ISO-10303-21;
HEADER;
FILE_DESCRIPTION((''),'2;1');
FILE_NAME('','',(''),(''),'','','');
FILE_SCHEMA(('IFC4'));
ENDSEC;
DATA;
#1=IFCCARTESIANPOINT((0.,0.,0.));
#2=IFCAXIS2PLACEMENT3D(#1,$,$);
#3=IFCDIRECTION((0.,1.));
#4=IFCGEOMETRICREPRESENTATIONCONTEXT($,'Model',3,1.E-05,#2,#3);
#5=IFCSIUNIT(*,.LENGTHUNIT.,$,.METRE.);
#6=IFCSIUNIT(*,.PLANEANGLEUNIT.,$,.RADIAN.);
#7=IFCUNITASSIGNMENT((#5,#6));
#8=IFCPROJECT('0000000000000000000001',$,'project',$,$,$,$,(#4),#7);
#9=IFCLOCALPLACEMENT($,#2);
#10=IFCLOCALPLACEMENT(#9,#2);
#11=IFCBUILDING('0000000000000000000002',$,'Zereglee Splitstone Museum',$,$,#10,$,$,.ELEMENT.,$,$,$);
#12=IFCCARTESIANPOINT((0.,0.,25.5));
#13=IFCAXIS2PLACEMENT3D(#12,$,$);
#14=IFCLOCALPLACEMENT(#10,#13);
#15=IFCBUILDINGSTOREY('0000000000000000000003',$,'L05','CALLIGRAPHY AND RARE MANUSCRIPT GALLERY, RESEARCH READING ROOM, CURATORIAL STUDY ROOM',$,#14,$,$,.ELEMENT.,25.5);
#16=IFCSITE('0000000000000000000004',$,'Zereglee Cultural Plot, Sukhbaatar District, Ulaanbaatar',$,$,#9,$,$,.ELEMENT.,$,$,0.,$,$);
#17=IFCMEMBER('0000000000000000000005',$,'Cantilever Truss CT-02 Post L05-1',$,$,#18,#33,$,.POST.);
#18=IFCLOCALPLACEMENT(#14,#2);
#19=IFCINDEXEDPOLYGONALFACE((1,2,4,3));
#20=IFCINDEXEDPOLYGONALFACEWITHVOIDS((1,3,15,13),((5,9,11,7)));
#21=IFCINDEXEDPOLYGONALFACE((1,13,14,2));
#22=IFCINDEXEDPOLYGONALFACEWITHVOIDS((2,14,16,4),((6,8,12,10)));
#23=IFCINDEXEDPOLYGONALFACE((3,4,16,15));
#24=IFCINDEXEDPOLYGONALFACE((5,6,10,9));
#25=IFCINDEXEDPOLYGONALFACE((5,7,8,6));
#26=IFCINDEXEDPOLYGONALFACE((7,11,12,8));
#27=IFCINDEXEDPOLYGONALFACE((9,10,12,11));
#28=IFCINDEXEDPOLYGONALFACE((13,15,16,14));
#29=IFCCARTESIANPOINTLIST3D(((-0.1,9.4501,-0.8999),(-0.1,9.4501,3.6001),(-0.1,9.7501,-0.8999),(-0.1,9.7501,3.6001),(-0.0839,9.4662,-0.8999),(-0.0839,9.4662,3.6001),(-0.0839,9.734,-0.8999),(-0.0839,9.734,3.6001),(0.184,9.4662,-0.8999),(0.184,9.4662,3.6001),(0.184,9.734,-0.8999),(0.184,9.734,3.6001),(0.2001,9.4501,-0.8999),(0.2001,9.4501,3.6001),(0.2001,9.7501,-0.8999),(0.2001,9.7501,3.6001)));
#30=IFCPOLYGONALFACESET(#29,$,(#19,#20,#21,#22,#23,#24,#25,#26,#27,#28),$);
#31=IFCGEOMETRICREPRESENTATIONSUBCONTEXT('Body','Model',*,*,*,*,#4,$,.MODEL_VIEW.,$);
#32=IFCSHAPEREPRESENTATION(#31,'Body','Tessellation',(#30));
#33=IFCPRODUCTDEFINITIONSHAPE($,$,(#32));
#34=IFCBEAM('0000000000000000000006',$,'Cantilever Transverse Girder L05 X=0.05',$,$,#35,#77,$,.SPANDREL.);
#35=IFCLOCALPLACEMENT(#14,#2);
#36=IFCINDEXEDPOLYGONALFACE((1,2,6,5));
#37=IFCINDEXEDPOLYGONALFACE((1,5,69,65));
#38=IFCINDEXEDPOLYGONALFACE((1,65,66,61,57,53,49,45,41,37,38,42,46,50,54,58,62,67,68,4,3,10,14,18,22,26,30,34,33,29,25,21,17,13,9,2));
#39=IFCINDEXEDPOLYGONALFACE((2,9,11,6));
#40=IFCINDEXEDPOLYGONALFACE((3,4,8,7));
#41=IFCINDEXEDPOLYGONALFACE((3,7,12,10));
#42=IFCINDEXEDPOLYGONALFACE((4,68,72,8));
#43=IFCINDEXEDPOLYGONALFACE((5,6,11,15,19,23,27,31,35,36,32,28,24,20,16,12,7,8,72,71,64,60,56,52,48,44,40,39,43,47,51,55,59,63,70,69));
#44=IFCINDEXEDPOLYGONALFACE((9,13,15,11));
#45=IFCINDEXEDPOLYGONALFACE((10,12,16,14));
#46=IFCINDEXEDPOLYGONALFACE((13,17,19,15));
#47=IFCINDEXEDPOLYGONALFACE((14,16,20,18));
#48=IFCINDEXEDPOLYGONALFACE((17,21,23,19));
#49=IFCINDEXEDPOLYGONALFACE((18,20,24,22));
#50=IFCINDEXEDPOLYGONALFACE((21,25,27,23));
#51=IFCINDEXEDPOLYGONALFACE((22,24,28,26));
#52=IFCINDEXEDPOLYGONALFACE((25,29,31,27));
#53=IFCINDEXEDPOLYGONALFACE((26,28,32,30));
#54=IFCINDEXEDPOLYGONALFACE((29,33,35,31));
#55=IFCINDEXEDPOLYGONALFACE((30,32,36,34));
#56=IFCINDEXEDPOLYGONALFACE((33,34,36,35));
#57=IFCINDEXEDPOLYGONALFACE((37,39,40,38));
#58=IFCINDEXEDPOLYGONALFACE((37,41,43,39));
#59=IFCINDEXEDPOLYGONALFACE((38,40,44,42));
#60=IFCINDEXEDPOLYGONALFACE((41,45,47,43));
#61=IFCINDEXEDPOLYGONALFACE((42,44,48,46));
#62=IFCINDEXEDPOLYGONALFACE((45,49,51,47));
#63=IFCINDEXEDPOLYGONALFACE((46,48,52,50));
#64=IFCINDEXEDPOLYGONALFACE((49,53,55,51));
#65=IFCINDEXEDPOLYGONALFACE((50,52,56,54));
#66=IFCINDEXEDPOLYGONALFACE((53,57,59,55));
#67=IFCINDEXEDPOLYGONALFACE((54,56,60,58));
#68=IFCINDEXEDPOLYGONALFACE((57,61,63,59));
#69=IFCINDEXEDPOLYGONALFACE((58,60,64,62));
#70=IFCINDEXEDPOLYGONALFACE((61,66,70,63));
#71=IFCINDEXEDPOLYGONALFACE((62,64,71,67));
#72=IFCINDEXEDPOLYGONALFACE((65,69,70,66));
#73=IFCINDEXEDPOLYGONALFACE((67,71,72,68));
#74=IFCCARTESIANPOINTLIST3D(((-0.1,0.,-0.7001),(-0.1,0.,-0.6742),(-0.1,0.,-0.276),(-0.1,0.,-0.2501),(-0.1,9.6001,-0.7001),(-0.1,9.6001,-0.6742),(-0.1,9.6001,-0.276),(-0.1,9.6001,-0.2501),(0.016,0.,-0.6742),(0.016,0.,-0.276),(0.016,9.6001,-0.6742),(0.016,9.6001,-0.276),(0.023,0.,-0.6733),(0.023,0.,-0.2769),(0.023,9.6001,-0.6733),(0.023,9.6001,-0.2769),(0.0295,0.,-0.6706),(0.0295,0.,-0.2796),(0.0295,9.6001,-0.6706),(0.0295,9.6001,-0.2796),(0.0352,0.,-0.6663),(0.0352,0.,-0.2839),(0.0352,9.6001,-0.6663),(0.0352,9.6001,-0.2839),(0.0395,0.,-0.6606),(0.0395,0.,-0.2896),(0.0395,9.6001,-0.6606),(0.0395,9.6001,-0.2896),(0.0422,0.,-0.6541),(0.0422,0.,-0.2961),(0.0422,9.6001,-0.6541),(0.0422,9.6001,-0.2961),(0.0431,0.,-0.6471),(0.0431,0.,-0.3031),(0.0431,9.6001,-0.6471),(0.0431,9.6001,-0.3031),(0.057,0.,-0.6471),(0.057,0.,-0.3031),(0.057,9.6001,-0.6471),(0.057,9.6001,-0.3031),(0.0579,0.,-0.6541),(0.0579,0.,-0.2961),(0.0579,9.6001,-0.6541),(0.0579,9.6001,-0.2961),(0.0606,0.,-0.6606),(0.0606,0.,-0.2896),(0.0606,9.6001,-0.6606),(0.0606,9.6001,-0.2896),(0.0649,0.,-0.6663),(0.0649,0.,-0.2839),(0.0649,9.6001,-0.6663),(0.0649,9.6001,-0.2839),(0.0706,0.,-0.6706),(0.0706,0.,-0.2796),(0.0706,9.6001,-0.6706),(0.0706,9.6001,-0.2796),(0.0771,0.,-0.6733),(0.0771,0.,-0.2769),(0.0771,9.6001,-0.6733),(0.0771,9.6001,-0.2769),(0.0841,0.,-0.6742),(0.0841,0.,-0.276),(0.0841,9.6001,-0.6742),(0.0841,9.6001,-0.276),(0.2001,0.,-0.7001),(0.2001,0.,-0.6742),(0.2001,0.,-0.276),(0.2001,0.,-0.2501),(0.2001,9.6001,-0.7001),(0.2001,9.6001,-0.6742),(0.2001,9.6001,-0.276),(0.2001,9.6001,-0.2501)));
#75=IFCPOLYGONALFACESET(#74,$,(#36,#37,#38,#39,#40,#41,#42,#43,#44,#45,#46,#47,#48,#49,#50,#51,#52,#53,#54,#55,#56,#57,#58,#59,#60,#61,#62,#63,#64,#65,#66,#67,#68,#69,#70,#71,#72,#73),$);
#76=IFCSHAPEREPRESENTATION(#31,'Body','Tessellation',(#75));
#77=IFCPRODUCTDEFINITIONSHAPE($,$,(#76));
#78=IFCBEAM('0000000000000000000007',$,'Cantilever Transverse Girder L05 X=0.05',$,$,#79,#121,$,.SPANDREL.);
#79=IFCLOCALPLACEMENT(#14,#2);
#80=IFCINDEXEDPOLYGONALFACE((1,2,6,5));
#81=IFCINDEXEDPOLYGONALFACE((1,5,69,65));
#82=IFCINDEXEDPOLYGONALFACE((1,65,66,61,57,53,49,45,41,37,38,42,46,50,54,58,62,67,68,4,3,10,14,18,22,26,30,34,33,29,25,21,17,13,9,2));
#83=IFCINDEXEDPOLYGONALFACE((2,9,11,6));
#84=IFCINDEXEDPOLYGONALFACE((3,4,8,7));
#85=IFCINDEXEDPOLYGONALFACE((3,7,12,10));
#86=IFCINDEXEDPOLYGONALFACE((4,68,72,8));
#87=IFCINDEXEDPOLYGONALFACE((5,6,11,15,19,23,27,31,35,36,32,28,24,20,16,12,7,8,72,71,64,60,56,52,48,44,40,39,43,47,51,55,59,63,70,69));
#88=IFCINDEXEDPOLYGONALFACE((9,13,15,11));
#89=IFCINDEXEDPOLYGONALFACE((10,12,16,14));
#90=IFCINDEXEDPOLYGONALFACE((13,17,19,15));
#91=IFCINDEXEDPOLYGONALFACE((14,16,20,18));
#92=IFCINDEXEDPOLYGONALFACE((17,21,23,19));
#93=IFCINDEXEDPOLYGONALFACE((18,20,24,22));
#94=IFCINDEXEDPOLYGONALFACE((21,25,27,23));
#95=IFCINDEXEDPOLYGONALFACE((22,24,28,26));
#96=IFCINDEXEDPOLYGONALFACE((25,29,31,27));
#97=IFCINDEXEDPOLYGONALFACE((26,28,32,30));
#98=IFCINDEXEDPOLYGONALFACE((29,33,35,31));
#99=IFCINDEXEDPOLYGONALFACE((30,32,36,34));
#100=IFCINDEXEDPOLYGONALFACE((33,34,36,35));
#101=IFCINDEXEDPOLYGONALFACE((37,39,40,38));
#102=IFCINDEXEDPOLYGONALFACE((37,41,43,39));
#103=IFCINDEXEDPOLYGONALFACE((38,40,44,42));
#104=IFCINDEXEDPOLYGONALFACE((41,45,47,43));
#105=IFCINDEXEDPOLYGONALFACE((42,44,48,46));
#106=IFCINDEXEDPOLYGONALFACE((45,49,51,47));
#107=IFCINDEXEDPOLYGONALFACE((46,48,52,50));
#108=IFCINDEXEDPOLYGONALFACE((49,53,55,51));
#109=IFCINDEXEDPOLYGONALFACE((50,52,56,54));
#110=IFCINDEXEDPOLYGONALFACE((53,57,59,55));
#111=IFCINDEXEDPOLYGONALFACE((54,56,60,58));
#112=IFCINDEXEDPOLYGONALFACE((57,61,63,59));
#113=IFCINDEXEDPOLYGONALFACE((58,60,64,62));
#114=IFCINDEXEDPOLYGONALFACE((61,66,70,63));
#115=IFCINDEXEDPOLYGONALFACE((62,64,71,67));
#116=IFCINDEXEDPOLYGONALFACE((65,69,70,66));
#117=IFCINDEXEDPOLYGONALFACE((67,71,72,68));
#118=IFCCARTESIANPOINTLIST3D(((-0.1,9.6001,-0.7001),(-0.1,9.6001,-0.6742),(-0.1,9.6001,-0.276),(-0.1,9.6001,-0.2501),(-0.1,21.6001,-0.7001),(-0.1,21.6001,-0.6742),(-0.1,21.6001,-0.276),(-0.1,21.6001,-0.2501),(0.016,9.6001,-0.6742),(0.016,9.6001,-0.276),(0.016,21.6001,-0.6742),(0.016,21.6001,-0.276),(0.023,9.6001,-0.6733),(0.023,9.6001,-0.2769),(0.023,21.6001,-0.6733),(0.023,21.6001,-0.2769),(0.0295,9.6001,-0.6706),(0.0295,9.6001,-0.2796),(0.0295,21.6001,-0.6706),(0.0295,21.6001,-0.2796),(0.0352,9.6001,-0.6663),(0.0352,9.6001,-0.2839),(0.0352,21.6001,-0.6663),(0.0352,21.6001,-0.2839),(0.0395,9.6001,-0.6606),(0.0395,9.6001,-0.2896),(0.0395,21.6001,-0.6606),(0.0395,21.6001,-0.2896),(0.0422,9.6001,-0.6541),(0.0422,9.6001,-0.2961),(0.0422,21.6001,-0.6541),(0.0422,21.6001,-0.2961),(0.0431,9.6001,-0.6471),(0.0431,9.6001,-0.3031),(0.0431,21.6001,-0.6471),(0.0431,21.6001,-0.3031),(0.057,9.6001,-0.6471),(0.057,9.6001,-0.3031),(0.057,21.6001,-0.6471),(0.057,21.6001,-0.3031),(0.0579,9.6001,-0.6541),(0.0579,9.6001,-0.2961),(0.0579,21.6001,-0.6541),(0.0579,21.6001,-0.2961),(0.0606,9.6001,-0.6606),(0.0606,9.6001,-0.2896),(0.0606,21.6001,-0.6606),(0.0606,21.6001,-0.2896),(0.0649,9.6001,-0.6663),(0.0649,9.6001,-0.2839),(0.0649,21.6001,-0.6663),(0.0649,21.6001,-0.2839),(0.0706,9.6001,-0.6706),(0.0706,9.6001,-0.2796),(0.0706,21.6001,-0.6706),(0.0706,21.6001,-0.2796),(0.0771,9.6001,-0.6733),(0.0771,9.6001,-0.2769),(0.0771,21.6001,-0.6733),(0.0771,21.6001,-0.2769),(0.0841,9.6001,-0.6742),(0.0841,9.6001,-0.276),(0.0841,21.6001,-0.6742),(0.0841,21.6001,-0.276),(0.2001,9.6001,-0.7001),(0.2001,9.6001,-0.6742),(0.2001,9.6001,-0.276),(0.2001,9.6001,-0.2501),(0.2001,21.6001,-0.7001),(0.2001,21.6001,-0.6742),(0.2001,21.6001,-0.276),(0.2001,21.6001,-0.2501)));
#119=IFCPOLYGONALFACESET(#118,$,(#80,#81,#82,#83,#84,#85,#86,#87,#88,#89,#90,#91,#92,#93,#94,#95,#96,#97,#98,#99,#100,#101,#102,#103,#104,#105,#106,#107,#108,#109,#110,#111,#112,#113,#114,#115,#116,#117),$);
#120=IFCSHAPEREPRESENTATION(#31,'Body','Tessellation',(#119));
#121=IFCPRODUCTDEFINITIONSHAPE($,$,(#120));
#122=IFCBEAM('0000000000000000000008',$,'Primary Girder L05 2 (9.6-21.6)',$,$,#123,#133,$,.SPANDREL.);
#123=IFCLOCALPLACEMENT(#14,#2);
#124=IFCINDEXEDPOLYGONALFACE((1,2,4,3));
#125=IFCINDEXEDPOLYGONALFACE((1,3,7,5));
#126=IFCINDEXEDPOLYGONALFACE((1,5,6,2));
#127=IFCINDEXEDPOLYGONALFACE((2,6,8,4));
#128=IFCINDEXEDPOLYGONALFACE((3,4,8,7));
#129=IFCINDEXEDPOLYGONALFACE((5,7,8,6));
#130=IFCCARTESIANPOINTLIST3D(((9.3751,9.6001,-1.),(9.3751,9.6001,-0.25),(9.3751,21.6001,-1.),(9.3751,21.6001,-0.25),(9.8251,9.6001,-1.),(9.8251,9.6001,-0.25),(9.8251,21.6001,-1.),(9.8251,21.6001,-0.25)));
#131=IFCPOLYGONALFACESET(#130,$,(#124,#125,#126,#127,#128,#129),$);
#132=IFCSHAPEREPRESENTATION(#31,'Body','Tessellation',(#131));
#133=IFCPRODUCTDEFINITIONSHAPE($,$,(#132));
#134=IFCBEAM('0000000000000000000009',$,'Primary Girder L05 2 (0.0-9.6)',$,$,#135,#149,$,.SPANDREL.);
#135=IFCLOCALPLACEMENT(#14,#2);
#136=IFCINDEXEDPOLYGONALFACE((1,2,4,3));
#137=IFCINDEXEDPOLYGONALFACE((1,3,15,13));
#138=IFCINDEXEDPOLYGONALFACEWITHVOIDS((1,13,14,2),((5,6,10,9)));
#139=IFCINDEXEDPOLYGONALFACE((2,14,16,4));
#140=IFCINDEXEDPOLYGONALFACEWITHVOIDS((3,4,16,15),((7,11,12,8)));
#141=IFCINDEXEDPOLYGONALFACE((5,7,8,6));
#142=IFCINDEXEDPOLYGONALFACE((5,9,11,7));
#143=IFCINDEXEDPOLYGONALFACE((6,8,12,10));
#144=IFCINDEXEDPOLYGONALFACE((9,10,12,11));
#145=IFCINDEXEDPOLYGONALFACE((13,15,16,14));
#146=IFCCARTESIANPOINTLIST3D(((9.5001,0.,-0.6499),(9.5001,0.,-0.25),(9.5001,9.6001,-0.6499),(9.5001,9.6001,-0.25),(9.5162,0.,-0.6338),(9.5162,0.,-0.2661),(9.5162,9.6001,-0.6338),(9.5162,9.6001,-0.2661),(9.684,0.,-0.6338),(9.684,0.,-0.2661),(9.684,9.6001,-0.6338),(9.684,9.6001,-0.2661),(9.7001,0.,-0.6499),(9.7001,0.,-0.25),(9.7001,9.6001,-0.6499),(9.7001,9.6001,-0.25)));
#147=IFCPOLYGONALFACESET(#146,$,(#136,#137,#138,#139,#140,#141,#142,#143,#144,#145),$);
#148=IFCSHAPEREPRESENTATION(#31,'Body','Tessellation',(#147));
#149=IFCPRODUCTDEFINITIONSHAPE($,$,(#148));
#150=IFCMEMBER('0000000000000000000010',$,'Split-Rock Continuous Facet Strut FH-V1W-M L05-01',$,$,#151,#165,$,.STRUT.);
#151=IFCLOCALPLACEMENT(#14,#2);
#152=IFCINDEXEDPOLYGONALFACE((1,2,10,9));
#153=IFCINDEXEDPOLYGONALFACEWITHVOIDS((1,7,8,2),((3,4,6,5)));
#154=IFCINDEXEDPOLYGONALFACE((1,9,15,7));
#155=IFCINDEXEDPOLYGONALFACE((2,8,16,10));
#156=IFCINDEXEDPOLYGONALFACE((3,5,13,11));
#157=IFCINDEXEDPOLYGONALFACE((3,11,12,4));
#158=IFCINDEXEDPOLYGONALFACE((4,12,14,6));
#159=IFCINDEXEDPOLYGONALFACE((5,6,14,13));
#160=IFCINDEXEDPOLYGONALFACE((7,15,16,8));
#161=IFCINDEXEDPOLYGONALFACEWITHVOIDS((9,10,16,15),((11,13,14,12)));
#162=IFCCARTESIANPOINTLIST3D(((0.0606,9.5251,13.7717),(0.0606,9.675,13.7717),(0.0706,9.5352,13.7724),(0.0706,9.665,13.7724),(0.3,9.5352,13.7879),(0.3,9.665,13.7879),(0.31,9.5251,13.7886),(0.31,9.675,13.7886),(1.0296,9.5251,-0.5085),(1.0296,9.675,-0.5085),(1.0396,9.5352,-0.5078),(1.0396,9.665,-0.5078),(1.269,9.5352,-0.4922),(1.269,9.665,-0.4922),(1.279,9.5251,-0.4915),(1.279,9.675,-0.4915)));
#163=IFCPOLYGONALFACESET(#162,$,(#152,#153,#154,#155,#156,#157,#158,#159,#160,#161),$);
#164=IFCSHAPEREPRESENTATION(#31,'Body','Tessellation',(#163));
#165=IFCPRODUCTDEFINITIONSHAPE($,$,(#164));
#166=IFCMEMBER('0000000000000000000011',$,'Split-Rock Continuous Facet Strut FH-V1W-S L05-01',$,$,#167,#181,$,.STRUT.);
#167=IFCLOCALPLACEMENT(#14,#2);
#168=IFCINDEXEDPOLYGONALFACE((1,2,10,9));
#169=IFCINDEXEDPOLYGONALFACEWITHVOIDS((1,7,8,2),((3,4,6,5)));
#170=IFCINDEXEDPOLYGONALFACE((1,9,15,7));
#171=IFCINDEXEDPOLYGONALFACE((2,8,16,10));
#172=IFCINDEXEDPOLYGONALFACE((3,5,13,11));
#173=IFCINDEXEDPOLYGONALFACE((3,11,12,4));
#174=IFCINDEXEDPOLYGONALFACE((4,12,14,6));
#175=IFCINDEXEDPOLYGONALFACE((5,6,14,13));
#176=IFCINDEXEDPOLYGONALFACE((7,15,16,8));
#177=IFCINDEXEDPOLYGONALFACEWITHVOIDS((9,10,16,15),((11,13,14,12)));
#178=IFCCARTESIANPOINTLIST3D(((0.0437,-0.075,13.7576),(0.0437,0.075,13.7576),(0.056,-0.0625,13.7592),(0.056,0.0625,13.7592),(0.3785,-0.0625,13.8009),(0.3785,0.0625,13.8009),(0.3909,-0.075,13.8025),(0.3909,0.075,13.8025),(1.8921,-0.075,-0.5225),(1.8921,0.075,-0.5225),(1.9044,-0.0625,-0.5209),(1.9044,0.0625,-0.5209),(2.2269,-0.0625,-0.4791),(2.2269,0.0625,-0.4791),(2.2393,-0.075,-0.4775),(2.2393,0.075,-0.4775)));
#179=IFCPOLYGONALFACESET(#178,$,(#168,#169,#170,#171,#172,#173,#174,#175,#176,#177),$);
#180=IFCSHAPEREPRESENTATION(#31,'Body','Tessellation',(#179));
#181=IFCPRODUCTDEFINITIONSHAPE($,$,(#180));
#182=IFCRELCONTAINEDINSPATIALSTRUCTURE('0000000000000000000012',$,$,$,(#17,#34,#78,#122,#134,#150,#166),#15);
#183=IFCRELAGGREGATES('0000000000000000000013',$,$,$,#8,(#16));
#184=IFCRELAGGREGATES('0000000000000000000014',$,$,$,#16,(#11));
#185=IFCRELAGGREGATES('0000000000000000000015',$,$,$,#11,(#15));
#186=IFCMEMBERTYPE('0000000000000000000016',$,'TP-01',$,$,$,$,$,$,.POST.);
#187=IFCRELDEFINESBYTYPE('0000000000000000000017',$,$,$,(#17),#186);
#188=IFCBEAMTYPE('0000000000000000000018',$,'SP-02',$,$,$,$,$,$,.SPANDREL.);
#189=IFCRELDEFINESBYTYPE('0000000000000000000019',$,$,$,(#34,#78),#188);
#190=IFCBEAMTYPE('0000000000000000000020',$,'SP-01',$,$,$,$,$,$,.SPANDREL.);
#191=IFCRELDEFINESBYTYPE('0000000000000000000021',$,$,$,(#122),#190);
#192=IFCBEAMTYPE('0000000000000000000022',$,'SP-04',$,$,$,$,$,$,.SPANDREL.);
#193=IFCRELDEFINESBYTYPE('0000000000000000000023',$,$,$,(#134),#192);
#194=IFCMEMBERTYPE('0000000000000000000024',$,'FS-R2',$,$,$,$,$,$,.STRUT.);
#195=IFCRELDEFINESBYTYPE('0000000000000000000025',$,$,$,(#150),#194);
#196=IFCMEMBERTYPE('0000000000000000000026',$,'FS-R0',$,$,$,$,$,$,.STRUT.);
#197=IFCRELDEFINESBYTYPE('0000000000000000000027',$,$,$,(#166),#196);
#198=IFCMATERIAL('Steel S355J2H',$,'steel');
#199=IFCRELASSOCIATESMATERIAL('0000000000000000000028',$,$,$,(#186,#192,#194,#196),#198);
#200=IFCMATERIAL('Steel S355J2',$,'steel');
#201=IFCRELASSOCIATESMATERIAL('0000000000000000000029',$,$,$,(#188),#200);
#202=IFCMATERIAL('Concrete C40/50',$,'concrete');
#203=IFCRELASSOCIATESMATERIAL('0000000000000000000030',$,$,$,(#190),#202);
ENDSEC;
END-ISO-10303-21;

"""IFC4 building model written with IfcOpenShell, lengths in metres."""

from ifc_helpers import new_model, si_unit, direction, frame, origin, origin_2d, place, context, subcontext, project, spatial, rectangle, hollow_rectangle, i_section, extrude, material, material_profile, profile_set, type_object, element, save


model = new_model("IFC4")

# Units and contexts
model_context = context("Model", 3, precision=1e-05, world=origin(), true_north=direction((0.0, 1.0)))
body_context = subcontext(model_context, "Body", "Model", "MODEL_VIEW")
ifc_project = project(units=[si_unit("LENGTHUNIT", "METRE"), si_unit("PLANEANGLEUNIT", "RADIAN")], contexts=[model_context])

# Site, building, storey
site_placement = place(None, origin())
site = spatial("IfcSite", under=ifc_project, at=site_placement, Name="Zereglee Cultural Plot, Sukhbaatar District, Ulaanbaatar", CompositionType="ELEMENT", RefElevation=0.0)
building_placement = place(site_placement, origin())
building = spatial("IfcBuilding", under=site, at=building_placement, Name="Zereglee Splitstone Museum", CompositionType="ELEMENT")
storey_placement = place(building_placement, frame((0.0, 0.0, 25.5)))
storey = spatial("IfcBuildingStorey", under=building, at=storey_placement, Name="L05", Description="CALLIGRAPHY AND RARE MANUSCRIPT GALLERY, RESEARCH READING ROOM, CURATORIAL STUDY ROOM", CompositionType="ELEMENT", Elevation=25.5)

# Shared definitions
ifc_material_1 = material(Name="Steel S355J2H", Category="steel")

# Shared definitions
ifc_material_2 = material(Name="Steel S355J2", Category="steel")

# Member
ifc_material_profile_1 = material_profile(ifc_material_1, hollow_rectangle(XDim=0.3, YDim=0.3, WallThickness=0.0161, at=origin_2d()), Name="SHS 300x300x16")
ifc_profile_set_1 = profile_set([ifc_material_profile_1], Name="Steel S355J2H")
member_type_1 = type_object("IfcMemberType", Name="TP-01", PredefinedType="POST", material=ifc_profile_set_1)
for number, where, z_axis, x_axis, name in (
    (1, (0.05, 9.6001, -0.8999), (0.0, 0.0, 1.0), (1.0, 0.0, 0.0), "Cantilever Truss CT-02 Post L05-1"),
):
    element("IfcMember", number, at=place(storey_placement, frame(where, z_axis=z_axis, x_axis=x_axis)), inside=storey, type_object=member_type_1, Name=name, PredefinedType="POST", context=body_context, shape_type="SweptSolid", body=[
        extrude(hollow_rectangle(XDim=0.3, YDim=0.3, WallThickness=0.0161, at=origin_2d()), origin(), (0.0, 0.0, 1.0), 4.5),
    ])

# Beams
ifc_material_profile_2 = material_profile(ifc_material_2, i_section(OverallWidth=0.3, OverallDepth=0.45, WebThickness=0.0139, FlangeThickness=0.0259, FilletRadius=0.0271, at=origin_2d()), Name="HE 450 B")
ifc_profile_set_2 = profile_set([ifc_material_profile_2], Name="Steel S355J2")
beam_type_1 = type_object("IfcBeamType", Name="SP-02", PredefinedType="SPANDREL", material=ifc_profile_set_2)
beam_1_placement = place(storey_placement, frame((0.05, 0.0, -0.4751), z_axis=(0.0, 1.0, 0.0), x_axis=(-1.0, 0.0, 0.0)))
element("IfcBeam", 2, at=beam_1_placement, inside=storey, type_object=beam_type_1, Name="Cantilever Transverse Girder L05 X=0.05", PredefinedType="SPANDREL", context=body_context, shape_type="SweptSolid", body=[
    extrude(i_section(OverallWidth=0.3, OverallDepth=0.45, WebThickness=0.0139, FlangeThickness=0.0259, FilletRadius=0.0271, at=origin_2d()), origin(), (0.0, 0.0, 1.0), 9.6001),
])
beam_2_placement = place(storey_placement, frame((0.05, 9.6001, -0.4751), z_axis=(0.0, 1.0, 0.0), x_axis=(-1.0, 0.0, 0.0)))
element("IfcBeam", 3, at=beam_2_placement, inside=storey, type_object=beam_type_1, Name="Cantilever Transverse Girder L05 X=0.05", PredefinedType="SPANDREL", context=body_context, shape_type="SweptSolid", body=[
    extrude(i_section(OverallWidth=0.3, OverallDepth=0.45, WebThickness=0.0139, FlangeThickness=0.0259, FilletRadius=0.0271, at=origin_2d()), origin(), (0.0, 0.0, 1.0), 12.0),
])
ifc_material_3 = material(Name="Concrete C40/50", Category="concrete")
ifc_material_profile_3 = material_profile(ifc_material_3, rectangle(XDim=0.45, YDim=0.75, at=origin_2d()), Name="RC 450x750")
ifc_profile_set_3 = profile_set([ifc_material_profile_3], Name="Concrete C40/50")
beam_type_2 = type_object("IfcBeamType", Name="SP-01", PredefinedType="SPANDREL", material=ifc_profile_set_3)
beam_3_placement = place(storey_placement, frame((9.6001, 9.6001, -0.625), z_axis=(0.0, 1.0, 0.0), x_axis=(-1.0, 0.0, 0.0)))
element("IfcBeam", 4, at=beam_3_placement, inside=storey, type_object=beam_type_2, Name="Primary Girder L05 2 (9.6-21.6)", PredefinedType="SPANDREL", context=body_context, shape_type="SweptSolid", body=[
    extrude(rectangle(XDim=0.45, YDim=0.75, at=origin_2d()), origin(), (0.0, 0.0, 1.0), 12.0),
])
ifc_material_profile_4 = material_profile(ifc_material_1, hollow_rectangle(XDim=0.2, YDim=0.3999, WallThickness=0.0161, at=origin_2d()), Name="RHS 400x200x16")
ifc_profile_set_4 = profile_set([ifc_material_profile_4], Name="Steel S355J2H")
beam_type_3 = type_object("IfcBeamType", Name="SP-04", PredefinedType="SPANDREL", material=ifc_profile_set_4)
beam_4_placement = place(storey_placement, frame((9.6001, 0.0, -0.45), z_axis=(0.0, 1.0, 0.0), x_axis=(-1.0, 0.0, 0.0)))
element("IfcBeam", 5, at=beam_4_placement, inside=storey, type_object=beam_type_3, Name="Primary Girder L05 2 (0.0-9.6)", PredefinedType="SPANDREL", context=body_context, shape_type="SweptSolid", body=[
    extrude(hollow_rectangle(XDim=0.2, YDim=0.3999, WallThickness=0.0161, at=origin_2d()), origin(), (0.0, 0.0, 1.0), 9.6001),
])

# Members
ifc_material_profile_5 = material_profile(ifc_material_1, hollow_rectangle(XDim=0.1499, YDim=0.25, WallThickness=0.01, at=origin_2d()), Name="RHS 250x150x10")
ifc_profile_set_5 = profile_set([ifc_material_profile_5], Name="Steel S355J2H")
member_type_2 = type_object("IfcMemberType", Name="FS-R2", PredefinedType="STRUT", material=ifc_profile_set_5)
member_1_placement = place(storey_placement, frame((1.1543, 9.6001, -0.5), z_axis=(-0.067701, 0.0, 0.997706), x_axis=(0.0, -1.0, 0.0)))
element("IfcMember", 6, at=member_1_placement, inside=storey, type_object=member_type_2, Name="Split-Rock Continuous Facet Strut FH-V1W-M L05-01", PredefinedType="STRUT", context=body_context, shape_type="SweptSolid", body=[
    extrude(hollow_rectangle(XDim=0.1499, YDim=0.25, WallThickness=0.01, at=origin_2d()), origin(), (0.0, 0.0, 1.0), 14.313),
])
ifc_material_profile_6 = material_profile(ifc_material_1, hollow_rectangle(XDim=0.1499, YDim=0.3501, WallThickness=0.0125, at=origin_2d()), Name="RHS 350x150x12.5")
ifc_profile_set_6 = profile_set([ifc_material_profile_6], Name="Steel S355J2H")
member_type_3 = type_object("IfcMemberType", Name="FS-R0", PredefinedType="STRUT", material=ifc_profile_set_6)
for number, where, z_axis, x_axis, name in (
    (7, (2.0657, 0.0, -0.5), (-0.128368, 0.0, 0.991727), (0.0, -1.0, 0.0), "Split-Rock Continuous Facet Strut FH-V1W-S L05-01"),
):
    element("IfcMember", number, at=place(storey_placement, frame(where, z_axis=z_axis, x_axis=x_axis)), inside=storey, type_object=member_type_3, Name=name, PredefinedType="STRUT", context=body_context, shape_type="SweptSolid", body=[
        extrude(hollow_rectangle(XDim=0.1499, YDim=0.3501, WallThickness=0.0125, at=origin_2d()), origin(), (0.0, 0.0, 1.0), 14.3992),
    ])

save(model, "model.ifc")
